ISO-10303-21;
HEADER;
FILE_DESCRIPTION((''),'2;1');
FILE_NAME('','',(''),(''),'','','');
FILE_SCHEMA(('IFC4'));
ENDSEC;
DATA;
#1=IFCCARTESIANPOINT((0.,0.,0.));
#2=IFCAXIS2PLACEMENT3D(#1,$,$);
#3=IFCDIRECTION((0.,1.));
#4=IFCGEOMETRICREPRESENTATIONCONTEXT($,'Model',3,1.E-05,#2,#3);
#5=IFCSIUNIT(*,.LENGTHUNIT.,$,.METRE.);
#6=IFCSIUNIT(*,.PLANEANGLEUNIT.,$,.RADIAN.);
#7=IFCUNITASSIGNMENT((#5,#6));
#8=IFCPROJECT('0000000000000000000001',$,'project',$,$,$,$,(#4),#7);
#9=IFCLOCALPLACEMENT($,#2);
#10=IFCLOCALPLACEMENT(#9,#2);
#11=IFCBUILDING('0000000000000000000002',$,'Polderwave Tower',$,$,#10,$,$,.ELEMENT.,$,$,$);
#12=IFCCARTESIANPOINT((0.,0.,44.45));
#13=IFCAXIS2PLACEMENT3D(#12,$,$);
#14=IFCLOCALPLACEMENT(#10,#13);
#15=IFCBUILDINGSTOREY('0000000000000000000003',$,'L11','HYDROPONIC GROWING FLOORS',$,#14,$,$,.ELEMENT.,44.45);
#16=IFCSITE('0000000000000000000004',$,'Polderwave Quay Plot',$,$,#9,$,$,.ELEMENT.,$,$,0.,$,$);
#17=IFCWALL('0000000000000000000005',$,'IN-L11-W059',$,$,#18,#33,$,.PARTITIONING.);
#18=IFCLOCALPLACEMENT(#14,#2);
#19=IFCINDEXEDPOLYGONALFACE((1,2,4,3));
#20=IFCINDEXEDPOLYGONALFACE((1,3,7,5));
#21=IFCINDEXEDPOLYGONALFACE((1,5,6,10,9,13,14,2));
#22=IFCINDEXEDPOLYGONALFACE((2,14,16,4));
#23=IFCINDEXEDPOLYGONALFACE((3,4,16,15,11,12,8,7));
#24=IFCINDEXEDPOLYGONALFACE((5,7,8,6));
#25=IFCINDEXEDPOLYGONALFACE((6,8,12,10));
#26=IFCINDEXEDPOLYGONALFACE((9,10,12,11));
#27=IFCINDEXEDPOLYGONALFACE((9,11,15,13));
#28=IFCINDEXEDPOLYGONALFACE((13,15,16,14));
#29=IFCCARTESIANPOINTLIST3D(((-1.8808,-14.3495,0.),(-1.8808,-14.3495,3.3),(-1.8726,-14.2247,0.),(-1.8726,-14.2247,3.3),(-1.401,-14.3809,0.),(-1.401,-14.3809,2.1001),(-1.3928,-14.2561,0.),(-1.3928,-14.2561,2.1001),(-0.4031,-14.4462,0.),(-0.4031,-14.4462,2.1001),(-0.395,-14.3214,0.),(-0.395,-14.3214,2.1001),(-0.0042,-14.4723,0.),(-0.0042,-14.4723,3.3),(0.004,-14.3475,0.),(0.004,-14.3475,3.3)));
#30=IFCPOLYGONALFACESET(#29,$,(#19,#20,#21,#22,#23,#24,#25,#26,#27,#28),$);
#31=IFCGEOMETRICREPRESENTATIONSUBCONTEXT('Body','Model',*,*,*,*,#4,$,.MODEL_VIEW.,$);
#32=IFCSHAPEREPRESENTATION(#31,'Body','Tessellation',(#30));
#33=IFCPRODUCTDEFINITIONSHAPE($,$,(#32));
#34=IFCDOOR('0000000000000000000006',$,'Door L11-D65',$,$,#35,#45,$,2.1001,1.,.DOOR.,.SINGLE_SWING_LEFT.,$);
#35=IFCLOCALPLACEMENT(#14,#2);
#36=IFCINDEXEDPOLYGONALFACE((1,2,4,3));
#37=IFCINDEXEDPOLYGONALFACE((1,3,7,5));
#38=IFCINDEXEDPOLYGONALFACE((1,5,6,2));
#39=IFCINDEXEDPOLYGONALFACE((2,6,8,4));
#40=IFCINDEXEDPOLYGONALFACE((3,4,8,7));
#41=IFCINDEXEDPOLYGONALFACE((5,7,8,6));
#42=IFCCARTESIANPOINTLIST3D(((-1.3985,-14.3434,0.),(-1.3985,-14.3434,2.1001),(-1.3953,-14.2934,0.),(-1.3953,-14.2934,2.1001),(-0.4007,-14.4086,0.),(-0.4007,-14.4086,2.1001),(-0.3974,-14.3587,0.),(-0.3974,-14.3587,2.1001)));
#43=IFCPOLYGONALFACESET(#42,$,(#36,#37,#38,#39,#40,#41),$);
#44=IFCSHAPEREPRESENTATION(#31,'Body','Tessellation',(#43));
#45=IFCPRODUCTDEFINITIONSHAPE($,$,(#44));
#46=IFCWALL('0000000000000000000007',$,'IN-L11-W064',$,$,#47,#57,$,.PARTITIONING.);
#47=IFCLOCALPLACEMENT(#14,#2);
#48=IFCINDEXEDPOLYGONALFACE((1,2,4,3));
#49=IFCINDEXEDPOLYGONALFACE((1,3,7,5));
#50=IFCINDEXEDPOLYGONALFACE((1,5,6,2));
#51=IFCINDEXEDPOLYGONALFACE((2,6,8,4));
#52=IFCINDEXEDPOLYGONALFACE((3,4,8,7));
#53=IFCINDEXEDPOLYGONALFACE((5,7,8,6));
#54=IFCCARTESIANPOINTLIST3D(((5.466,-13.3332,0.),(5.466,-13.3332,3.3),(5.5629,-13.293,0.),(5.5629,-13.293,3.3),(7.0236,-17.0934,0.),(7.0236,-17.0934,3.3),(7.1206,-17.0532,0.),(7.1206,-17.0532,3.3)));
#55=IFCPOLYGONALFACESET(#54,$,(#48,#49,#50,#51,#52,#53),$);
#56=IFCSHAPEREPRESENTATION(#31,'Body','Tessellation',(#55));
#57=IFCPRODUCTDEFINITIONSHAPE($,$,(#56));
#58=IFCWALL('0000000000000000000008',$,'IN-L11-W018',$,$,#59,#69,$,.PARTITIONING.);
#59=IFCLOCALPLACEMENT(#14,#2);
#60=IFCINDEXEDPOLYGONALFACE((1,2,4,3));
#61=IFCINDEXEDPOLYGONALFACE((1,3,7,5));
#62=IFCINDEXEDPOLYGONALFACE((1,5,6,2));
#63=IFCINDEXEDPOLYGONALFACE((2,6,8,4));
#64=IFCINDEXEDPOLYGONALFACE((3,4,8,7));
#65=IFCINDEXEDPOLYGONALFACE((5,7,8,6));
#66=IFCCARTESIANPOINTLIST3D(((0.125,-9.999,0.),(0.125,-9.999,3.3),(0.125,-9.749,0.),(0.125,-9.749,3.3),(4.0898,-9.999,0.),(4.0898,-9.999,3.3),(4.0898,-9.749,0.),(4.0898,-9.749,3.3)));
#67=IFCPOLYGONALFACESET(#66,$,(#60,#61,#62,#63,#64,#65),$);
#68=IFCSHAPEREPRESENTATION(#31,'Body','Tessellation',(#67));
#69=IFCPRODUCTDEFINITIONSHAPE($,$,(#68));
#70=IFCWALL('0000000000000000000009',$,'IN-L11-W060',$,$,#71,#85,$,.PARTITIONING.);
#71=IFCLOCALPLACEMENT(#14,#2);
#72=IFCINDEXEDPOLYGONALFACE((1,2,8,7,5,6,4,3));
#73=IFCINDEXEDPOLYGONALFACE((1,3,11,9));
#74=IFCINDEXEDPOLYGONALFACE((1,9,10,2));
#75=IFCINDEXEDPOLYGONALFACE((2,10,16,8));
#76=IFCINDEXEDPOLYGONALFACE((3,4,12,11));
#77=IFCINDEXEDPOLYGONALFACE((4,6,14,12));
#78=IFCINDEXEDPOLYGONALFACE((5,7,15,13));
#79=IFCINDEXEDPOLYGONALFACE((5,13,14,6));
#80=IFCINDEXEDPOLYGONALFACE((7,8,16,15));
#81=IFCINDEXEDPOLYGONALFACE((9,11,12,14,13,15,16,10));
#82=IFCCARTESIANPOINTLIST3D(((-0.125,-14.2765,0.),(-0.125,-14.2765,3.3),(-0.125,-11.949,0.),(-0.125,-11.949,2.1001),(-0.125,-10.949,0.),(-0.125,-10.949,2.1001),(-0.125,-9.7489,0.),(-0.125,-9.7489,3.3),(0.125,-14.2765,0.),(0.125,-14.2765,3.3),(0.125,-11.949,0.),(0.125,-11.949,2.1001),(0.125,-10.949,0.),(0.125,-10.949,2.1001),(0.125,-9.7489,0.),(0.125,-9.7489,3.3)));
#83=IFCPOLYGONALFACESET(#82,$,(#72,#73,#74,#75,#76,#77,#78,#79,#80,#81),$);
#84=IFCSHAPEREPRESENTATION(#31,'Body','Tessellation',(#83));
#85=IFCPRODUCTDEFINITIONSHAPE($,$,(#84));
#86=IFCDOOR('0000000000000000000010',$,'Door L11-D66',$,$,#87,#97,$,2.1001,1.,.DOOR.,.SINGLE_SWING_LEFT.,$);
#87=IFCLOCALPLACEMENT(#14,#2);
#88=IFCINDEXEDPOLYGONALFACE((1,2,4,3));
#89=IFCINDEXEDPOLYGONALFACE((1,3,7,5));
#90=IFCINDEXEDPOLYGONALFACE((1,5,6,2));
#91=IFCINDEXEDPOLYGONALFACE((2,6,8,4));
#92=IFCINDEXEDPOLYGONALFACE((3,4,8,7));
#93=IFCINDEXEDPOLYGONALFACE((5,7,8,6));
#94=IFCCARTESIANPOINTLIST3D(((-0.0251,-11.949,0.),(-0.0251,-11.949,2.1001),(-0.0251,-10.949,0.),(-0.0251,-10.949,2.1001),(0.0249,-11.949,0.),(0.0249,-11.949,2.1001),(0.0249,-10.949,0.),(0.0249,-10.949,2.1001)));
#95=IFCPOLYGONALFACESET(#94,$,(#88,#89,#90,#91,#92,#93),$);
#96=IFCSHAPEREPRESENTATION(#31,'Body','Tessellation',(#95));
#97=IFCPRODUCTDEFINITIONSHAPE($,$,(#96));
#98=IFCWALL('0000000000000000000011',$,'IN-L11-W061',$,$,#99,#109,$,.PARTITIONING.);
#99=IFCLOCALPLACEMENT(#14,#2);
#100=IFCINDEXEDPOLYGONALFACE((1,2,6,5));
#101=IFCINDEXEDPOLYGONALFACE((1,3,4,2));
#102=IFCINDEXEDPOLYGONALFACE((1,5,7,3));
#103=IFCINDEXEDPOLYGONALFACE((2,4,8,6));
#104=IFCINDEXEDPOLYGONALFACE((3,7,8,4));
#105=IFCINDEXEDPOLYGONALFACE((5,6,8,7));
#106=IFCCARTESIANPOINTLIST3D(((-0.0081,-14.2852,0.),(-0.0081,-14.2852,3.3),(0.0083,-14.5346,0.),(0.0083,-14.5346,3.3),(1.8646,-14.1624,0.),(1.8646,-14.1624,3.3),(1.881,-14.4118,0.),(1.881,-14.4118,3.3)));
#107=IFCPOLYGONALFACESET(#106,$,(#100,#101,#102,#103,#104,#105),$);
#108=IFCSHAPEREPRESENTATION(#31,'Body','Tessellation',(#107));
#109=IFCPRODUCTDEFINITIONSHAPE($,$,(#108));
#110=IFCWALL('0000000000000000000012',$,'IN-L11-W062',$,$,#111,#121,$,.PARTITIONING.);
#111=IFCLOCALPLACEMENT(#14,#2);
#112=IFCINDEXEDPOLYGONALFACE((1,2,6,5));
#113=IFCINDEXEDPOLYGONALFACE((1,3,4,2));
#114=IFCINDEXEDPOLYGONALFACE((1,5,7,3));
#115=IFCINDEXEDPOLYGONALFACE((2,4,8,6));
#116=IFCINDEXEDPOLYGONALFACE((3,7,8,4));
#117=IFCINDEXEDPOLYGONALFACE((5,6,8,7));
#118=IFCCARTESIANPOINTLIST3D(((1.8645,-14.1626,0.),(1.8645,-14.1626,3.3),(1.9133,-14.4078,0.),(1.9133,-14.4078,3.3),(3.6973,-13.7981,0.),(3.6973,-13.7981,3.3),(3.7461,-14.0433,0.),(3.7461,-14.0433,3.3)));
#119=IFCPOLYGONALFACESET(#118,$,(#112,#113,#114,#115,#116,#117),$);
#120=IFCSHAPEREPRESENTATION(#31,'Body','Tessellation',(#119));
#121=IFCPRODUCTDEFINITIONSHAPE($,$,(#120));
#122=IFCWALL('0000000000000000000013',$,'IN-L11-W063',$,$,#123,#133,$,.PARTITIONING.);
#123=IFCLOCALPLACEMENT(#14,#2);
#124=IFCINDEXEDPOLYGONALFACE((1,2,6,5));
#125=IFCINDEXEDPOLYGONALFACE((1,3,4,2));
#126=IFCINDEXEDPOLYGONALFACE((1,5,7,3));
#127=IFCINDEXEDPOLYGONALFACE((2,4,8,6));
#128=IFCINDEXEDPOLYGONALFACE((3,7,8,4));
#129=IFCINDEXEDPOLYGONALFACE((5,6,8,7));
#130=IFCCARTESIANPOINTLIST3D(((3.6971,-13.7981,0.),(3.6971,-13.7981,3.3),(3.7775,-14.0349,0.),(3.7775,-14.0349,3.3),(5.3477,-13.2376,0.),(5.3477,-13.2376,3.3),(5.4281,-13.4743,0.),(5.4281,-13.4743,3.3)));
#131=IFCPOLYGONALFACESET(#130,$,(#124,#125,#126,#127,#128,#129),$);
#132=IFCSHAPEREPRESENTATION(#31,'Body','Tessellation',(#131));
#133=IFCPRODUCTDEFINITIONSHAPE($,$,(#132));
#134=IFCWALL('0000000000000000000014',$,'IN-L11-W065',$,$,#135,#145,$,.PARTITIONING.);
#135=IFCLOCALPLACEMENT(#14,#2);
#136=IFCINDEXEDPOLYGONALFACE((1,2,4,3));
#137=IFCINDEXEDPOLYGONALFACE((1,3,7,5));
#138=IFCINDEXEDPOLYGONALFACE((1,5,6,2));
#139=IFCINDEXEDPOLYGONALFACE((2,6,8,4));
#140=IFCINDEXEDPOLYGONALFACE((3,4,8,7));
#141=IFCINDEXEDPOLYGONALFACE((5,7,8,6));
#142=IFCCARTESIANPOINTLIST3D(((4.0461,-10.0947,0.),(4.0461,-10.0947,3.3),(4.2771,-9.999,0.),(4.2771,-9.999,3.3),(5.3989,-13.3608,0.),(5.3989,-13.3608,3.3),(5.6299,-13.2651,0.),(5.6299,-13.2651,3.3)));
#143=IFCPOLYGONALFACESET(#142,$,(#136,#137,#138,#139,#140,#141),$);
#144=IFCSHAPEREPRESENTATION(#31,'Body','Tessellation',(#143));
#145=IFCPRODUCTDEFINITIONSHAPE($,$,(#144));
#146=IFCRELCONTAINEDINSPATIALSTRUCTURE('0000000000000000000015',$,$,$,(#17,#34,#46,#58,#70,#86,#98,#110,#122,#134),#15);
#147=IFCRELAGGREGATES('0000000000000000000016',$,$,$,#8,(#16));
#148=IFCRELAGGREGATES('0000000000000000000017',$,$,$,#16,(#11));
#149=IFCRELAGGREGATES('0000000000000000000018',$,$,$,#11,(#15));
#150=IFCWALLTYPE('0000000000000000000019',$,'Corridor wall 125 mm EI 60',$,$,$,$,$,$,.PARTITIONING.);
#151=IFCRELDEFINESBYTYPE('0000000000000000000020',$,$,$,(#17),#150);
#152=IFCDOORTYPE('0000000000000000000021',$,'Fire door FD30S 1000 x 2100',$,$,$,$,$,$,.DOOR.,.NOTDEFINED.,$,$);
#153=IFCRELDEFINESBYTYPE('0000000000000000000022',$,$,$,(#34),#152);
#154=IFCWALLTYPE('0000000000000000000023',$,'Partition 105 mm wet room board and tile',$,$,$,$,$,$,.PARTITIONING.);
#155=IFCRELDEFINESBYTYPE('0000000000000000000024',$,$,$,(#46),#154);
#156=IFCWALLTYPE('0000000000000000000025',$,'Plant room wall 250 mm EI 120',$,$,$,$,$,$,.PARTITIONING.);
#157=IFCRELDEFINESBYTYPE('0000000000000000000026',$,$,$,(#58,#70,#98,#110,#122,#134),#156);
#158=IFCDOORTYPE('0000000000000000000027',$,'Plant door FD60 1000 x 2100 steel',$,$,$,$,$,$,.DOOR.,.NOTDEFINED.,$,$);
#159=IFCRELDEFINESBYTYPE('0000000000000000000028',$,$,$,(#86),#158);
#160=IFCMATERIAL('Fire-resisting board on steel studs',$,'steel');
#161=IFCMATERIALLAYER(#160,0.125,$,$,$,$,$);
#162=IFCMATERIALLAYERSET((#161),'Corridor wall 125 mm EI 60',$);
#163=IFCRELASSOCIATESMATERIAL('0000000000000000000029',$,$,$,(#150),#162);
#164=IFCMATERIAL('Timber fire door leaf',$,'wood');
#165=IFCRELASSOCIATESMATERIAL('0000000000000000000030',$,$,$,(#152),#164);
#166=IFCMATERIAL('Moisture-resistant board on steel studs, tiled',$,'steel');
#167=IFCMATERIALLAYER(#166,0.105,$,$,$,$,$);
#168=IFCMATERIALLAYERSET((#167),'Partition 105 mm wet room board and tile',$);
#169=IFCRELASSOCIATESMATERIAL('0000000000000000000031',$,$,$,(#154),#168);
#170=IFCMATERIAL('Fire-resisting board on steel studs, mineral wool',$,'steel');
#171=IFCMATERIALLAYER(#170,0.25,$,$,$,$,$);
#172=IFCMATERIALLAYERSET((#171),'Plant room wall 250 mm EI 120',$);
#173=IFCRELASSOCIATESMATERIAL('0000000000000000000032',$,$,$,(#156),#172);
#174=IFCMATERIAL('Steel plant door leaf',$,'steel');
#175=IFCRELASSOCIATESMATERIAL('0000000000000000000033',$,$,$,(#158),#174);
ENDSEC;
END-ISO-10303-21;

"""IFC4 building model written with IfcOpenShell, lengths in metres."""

from ifc_helpers import new_model, si_unit, direction, frame, frame_2d, origin, place, context, subcontext, project, spatial, rectangle, extrude, material, layer, layer_set, type_object, element, fill, save


model = new_model("IFC4")

# Units and contexts
model_context = context("Model", 3, precision=1e-05, world=origin(), true_north=direction((0.0, 1.0)))
body_context = subcontext(model_context, "Body", "Model", "MODEL_VIEW")
ifc_project = project(units=[si_unit("LENGTHUNIT", "METRE"), si_unit("PLANEANGLEUNIT", "RADIAN")], contexts=[model_context])

# Site, building, storey
site_placement = place(None, origin())
site = spatial("IfcSite", under=ifc_project, at=site_placement, Name="Polderwave Quay Plot", CompositionType="ELEMENT", RefElevation=0.0)
building_placement = place(site_placement, origin())
building = spatial("IfcBuilding", under=site, at=building_placement, Name="Polderwave Tower", CompositionType="ELEMENT")
storey_placement = place(building_placement, frame((0.0, 0.0, 44.45)))
storey = spatial("IfcBuildingStorey", under=building, at=storey_placement, Name="L11", Description="HYDROPONIC GROWING FLOORS", CompositionType="ELEMENT", Elevation=44.45)

# Wall, opening, door
ifc_material_1 = material(Name="Fire-resisting board on steel studs", Category="steel")
ifc_layer_1 = layer(ifc_material_1, 0.125)
ifc_layer_set_1 = layer_set([ifc_layer_1], Name="Corridor wall 125 mm EI 60")
wall_type_1 = type_object("IfcWallType", Name="Corridor wall 125 mm EI 60", PredefinedType="PARTITIONING", material=ifc_layer_set_1)
ifc_material_2 = material(Name="Timber fire door leaf", Category="wood")
door_type_1 = type_object("IfcDoorType", Name="Fire door FD30S 1000 x 2100", OperationType="NOTDEFINED", PredefinedType="DOOR", material=ifc_material_2)
wall_1_placement = place(storey_placement, frame((0.0, -14.4099, 0.0), z_axis=(0.0, 0.0, 1.0), x_axis=(-0.997866, 0.065296, 0.0)))
wall_1 = element("IfcWall", 1, at=wall_1_placement, inside=storey, type_object=wall_type_1, Name="IN-L11-W059", PredefinedType="PARTITIONING", context=body_context, shape_type="SweptSolid", body=[
    extrude(rectangle(XDim=1.8806, YDim=0.125, at=frame_2d((0.9404, 0.0))), origin(), (0.0, 0.0, 1.0), 3.3),
])
opening_1_placement = place(wall_1_placement, frame((0.3999, 0.0, 0.0)))
opening_1 = element("IfcOpeningElement", 2, at=opening_1_placement, cuts=wall_1, PredefinedType="OPENING", context=body_context, shape_type="SweptSolid", body=[
    extrude(rectangle(XDim=1.0, YDim=2.1001, at=frame_2d((0.5, 1.05))), frame((0.0, 0.0725, 0.0), z_axis=(0.0, -1.0, 0.0), x_axis=(1.0, 0.0, 0.0)), (0.0, 0.0, 1.0), 0.145),
])
door_1_placement = place(opening_1_placement, origin())
door_1 = element("IfcDoor", 3, at=door_1_placement, inside=storey, type_object=door_type_1, Name="Door L11-D65", OperationType="SINGLE_SWING_LEFT", OverallHeight=2.1001, OverallWidth=1.0, PredefinedType="DOOR", context=body_context, shape_type="SweptSolid", body=[
    extrude(rectangle(XDim=1.0, YDim=2.1001, at=frame_2d((0.5, 1.05))), frame((0.0, 0.0249, 0.0), z_axis=(0.0, -1.0, 0.0), x_axis=(1.0, 0.0, 0.0)), (0.0, 0.0, 1.0), 0.05),
])
fill(opening_1, door_1)

# Walls
ifc_material_3 = material(Name="Moisture-resistant board on steel studs, tiled", Category="steel")
ifc_layer_2 = layer(ifc_material_3, 0.105)
ifc_layer_set_2 = layer_set([ifc_layer_2], Name="Partition 105 mm wet room board and tile")
wall_type_2 = type_object("IfcWallType", Name="Partition 105 mm wet room board and tile", PredefinedType="PARTITIONING", material=ifc_layer_set_2)
wall_2_placement = place(storey_placement, frame((5.5144, -13.313, 0.0), z_axis=(0.0, 0.0, 1.0), x_axis=(0.382698, -0.923874, 0.0)))
element("IfcWall", 4, at=wall_2_placement, inside=storey, type_object=wall_type_2, Name="IN-L11-W064", PredefinedType="PARTITIONING", context=body_context, shape_type="SweptSolid", body=[
    extrude(rectangle(XDim=4.0701, YDim=0.105, at=frame_2d((2.0352, 0.0))), origin(), (0.0, 0.0, 1.0), 3.3),
])
ifc_material_4 = material(Name="Fire-resisting board on steel studs, mineral wool", Category="steel")
ifc_layer_3 = layer(ifc_material_4, 0.25)
ifc_layer_set_3 = layer_set([ifc_layer_3], Name="Plant room wall 250 mm EI 120")
wall_type_3 = type_object("IfcWallType", Name="Plant room wall 250 mm EI 120", PredefinedType="PARTITIONING", material=ifc_layer_set_3)
wall_3_placement = place(storey_placement, frame((4.0898, -9.874, 0.0), z_axis=(0.0, 0.0, 1.0), x_axis=(-1.0, 0.0, 0.0)))
element("IfcWall", 5, at=wall_3_placement, inside=storey, type_object=wall_type_3, Name="IN-L11-W018", PredefinedType="PARTITIONING", context=body_context, shape_type="SweptSolid", body=[
    extrude(rectangle(XDim=3.9648, YDim=0.25, at=frame_2d((1.9824, 0.0))), origin(), (0.0, 0.0, 1.0), 3.3),
])

# Wall, opening, door
wall_4_placement = place(storey_placement, frame((0.0, -9.749, 0.0), z_axis=(0.0, 0.0, 1.0), x_axis=(0.0, -1.0, 0.0)))
wall_4 = element("IfcWall", 6, at=wall_4_placement, inside=storey, type_object=wall_type_3, Name="IN-L11-W060", PredefinedType="PARTITIONING", context=body_context, shape_type="SweptSolid", body=[
    extrude(rectangle(XDim=4.5276, YDim=0.25, at=frame_2d((2.2637, 0.0))), origin(), (0.0, 0.0, 1.0), 3.3),
])
opening_2_placement = place(wall_4_placement, frame((1.2, 0.0, 0.0)))
opening_2 = element("IfcOpeningElement", 7, at=opening_2_placement, cuts=wall_4, PredefinedType="OPENING", context=body_context, shape_type="SweptSolid", body=[
    extrude(rectangle(XDim=1.0, YDim=2.1001, at=frame_2d((0.5, 1.05))), frame((0.0, 0.135, 0.0), z_axis=(0.0, -1.0, 0.0), x_axis=(1.0, 0.0, 0.0)), (0.0, 0.0, 1.0), 0.27),
])
ifc_material_5 = material(Name="Steel plant door leaf", Category="steel")
door_type_2 = type_object("IfcDoorType", Name="Plant door FD60 1000 x 2100 steel", OperationType="NOTDEFINED", PredefinedType="DOOR", material=ifc_material_5)
door_2_placement = place(opening_2_placement, origin())
door_2 = element("IfcDoor", 8, at=door_2_placement, inside=storey, type_object=door_type_2, Name="Door L11-D66", OperationType="SINGLE_SWING_LEFT", OverallHeight=2.1001, OverallWidth=1.0, PredefinedType="DOOR", context=body_context, shape_type="SweptSolid", body=[
    extrude(rectangle(XDim=1.0, YDim=2.1001, at=frame_2d((0.5, 1.05))), frame((0.0, 0.0249, 0.0), z_axis=(0.0, -1.0, 0.0), x_axis=(1.0, 0.0, 0.0)), (0.0, 0.0, 1.0), 0.05),
])
fill(opening_2, door_2)

# Walls
wall_5_placement = place(storey_placement, frame((0.0, -14.4099, 0.0), z_axis=(0.0, 0.0, 1.0), x_axis=(0.997857, 0.065431, 0.0)))
element("IfcWall", 9, at=wall_5_placement, inside=storey, type_object=wall_type_3, Name="IN-L11-W061", PredefinedType="PARTITIONING", context=body_context, shape_type="SweptSolid", body=[
    extrude(rectangle(XDim=1.8767, YDim=0.25, at=frame_2d((0.9385, 0.0))), origin(), (0.0, 0.0, 1.0), 3.3),
])
wall_6_placement = place(storey_placement, frame((1.8889, -14.2852, 0.0), z_axis=(0.0, 0.0, 1.0), x_axis=(0.980791, 0.195061, 0.0)))
element("IfcWall", 10, at=wall_6_placement, inside=storey, type_object=wall_type_3, Name="IN-L11-W062", PredefinedType="PARTITIONING", context=body_context, shape_type="SweptSolid", body=[
    extrude(rectangle(XDim=1.8687, YDim=0.25, at=frame_2d((0.9343, 0.0))), origin(), (0.0, 0.0, 1.0), 3.3),
])
wall_7_placement = place(storey_placement, frame((3.7373, -13.9165, 0.0), z_axis=(0.0, 0.0, 1.0), x_axis=(0.94689, 0.321559, 0.0)))
element("IfcWall", 11, at=wall_7_placement, inside=storey, type_object=wall_type_3, Name="IN-L11-W063", PredefinedType="PARTITIONING", context=body_context, shape_type="SweptSolid", body=[
    extrude(rectangle(XDim=1.7432, YDim=0.25, at=frame_2d((0.8716, 0.0))), origin(), (0.0, 0.0, 1.0), 3.3),
])
wall_8_placement = place(storey_placement, frame((4.1616, -10.0469, 0.0), z_axis=(0.0, 0.0, 1.0), x_axis=(0.382663, -0.923888, 0.0)))
element("IfcWall", 12, at=wall_8_placement, inside=storey, type_object=wall_type_3, Name="IN-L11-W065", PredefinedType="PARTITIONING", context=body_context, shape_type="SweptSolid", body=[
    extrude(rectangle(XDim=3.5352, YDim=0.25, at=frame_2d((1.7676, 0.0))), origin(), (0.0, 0.0, 1.0), 3.3),
])

save(model, "model.ifc")
